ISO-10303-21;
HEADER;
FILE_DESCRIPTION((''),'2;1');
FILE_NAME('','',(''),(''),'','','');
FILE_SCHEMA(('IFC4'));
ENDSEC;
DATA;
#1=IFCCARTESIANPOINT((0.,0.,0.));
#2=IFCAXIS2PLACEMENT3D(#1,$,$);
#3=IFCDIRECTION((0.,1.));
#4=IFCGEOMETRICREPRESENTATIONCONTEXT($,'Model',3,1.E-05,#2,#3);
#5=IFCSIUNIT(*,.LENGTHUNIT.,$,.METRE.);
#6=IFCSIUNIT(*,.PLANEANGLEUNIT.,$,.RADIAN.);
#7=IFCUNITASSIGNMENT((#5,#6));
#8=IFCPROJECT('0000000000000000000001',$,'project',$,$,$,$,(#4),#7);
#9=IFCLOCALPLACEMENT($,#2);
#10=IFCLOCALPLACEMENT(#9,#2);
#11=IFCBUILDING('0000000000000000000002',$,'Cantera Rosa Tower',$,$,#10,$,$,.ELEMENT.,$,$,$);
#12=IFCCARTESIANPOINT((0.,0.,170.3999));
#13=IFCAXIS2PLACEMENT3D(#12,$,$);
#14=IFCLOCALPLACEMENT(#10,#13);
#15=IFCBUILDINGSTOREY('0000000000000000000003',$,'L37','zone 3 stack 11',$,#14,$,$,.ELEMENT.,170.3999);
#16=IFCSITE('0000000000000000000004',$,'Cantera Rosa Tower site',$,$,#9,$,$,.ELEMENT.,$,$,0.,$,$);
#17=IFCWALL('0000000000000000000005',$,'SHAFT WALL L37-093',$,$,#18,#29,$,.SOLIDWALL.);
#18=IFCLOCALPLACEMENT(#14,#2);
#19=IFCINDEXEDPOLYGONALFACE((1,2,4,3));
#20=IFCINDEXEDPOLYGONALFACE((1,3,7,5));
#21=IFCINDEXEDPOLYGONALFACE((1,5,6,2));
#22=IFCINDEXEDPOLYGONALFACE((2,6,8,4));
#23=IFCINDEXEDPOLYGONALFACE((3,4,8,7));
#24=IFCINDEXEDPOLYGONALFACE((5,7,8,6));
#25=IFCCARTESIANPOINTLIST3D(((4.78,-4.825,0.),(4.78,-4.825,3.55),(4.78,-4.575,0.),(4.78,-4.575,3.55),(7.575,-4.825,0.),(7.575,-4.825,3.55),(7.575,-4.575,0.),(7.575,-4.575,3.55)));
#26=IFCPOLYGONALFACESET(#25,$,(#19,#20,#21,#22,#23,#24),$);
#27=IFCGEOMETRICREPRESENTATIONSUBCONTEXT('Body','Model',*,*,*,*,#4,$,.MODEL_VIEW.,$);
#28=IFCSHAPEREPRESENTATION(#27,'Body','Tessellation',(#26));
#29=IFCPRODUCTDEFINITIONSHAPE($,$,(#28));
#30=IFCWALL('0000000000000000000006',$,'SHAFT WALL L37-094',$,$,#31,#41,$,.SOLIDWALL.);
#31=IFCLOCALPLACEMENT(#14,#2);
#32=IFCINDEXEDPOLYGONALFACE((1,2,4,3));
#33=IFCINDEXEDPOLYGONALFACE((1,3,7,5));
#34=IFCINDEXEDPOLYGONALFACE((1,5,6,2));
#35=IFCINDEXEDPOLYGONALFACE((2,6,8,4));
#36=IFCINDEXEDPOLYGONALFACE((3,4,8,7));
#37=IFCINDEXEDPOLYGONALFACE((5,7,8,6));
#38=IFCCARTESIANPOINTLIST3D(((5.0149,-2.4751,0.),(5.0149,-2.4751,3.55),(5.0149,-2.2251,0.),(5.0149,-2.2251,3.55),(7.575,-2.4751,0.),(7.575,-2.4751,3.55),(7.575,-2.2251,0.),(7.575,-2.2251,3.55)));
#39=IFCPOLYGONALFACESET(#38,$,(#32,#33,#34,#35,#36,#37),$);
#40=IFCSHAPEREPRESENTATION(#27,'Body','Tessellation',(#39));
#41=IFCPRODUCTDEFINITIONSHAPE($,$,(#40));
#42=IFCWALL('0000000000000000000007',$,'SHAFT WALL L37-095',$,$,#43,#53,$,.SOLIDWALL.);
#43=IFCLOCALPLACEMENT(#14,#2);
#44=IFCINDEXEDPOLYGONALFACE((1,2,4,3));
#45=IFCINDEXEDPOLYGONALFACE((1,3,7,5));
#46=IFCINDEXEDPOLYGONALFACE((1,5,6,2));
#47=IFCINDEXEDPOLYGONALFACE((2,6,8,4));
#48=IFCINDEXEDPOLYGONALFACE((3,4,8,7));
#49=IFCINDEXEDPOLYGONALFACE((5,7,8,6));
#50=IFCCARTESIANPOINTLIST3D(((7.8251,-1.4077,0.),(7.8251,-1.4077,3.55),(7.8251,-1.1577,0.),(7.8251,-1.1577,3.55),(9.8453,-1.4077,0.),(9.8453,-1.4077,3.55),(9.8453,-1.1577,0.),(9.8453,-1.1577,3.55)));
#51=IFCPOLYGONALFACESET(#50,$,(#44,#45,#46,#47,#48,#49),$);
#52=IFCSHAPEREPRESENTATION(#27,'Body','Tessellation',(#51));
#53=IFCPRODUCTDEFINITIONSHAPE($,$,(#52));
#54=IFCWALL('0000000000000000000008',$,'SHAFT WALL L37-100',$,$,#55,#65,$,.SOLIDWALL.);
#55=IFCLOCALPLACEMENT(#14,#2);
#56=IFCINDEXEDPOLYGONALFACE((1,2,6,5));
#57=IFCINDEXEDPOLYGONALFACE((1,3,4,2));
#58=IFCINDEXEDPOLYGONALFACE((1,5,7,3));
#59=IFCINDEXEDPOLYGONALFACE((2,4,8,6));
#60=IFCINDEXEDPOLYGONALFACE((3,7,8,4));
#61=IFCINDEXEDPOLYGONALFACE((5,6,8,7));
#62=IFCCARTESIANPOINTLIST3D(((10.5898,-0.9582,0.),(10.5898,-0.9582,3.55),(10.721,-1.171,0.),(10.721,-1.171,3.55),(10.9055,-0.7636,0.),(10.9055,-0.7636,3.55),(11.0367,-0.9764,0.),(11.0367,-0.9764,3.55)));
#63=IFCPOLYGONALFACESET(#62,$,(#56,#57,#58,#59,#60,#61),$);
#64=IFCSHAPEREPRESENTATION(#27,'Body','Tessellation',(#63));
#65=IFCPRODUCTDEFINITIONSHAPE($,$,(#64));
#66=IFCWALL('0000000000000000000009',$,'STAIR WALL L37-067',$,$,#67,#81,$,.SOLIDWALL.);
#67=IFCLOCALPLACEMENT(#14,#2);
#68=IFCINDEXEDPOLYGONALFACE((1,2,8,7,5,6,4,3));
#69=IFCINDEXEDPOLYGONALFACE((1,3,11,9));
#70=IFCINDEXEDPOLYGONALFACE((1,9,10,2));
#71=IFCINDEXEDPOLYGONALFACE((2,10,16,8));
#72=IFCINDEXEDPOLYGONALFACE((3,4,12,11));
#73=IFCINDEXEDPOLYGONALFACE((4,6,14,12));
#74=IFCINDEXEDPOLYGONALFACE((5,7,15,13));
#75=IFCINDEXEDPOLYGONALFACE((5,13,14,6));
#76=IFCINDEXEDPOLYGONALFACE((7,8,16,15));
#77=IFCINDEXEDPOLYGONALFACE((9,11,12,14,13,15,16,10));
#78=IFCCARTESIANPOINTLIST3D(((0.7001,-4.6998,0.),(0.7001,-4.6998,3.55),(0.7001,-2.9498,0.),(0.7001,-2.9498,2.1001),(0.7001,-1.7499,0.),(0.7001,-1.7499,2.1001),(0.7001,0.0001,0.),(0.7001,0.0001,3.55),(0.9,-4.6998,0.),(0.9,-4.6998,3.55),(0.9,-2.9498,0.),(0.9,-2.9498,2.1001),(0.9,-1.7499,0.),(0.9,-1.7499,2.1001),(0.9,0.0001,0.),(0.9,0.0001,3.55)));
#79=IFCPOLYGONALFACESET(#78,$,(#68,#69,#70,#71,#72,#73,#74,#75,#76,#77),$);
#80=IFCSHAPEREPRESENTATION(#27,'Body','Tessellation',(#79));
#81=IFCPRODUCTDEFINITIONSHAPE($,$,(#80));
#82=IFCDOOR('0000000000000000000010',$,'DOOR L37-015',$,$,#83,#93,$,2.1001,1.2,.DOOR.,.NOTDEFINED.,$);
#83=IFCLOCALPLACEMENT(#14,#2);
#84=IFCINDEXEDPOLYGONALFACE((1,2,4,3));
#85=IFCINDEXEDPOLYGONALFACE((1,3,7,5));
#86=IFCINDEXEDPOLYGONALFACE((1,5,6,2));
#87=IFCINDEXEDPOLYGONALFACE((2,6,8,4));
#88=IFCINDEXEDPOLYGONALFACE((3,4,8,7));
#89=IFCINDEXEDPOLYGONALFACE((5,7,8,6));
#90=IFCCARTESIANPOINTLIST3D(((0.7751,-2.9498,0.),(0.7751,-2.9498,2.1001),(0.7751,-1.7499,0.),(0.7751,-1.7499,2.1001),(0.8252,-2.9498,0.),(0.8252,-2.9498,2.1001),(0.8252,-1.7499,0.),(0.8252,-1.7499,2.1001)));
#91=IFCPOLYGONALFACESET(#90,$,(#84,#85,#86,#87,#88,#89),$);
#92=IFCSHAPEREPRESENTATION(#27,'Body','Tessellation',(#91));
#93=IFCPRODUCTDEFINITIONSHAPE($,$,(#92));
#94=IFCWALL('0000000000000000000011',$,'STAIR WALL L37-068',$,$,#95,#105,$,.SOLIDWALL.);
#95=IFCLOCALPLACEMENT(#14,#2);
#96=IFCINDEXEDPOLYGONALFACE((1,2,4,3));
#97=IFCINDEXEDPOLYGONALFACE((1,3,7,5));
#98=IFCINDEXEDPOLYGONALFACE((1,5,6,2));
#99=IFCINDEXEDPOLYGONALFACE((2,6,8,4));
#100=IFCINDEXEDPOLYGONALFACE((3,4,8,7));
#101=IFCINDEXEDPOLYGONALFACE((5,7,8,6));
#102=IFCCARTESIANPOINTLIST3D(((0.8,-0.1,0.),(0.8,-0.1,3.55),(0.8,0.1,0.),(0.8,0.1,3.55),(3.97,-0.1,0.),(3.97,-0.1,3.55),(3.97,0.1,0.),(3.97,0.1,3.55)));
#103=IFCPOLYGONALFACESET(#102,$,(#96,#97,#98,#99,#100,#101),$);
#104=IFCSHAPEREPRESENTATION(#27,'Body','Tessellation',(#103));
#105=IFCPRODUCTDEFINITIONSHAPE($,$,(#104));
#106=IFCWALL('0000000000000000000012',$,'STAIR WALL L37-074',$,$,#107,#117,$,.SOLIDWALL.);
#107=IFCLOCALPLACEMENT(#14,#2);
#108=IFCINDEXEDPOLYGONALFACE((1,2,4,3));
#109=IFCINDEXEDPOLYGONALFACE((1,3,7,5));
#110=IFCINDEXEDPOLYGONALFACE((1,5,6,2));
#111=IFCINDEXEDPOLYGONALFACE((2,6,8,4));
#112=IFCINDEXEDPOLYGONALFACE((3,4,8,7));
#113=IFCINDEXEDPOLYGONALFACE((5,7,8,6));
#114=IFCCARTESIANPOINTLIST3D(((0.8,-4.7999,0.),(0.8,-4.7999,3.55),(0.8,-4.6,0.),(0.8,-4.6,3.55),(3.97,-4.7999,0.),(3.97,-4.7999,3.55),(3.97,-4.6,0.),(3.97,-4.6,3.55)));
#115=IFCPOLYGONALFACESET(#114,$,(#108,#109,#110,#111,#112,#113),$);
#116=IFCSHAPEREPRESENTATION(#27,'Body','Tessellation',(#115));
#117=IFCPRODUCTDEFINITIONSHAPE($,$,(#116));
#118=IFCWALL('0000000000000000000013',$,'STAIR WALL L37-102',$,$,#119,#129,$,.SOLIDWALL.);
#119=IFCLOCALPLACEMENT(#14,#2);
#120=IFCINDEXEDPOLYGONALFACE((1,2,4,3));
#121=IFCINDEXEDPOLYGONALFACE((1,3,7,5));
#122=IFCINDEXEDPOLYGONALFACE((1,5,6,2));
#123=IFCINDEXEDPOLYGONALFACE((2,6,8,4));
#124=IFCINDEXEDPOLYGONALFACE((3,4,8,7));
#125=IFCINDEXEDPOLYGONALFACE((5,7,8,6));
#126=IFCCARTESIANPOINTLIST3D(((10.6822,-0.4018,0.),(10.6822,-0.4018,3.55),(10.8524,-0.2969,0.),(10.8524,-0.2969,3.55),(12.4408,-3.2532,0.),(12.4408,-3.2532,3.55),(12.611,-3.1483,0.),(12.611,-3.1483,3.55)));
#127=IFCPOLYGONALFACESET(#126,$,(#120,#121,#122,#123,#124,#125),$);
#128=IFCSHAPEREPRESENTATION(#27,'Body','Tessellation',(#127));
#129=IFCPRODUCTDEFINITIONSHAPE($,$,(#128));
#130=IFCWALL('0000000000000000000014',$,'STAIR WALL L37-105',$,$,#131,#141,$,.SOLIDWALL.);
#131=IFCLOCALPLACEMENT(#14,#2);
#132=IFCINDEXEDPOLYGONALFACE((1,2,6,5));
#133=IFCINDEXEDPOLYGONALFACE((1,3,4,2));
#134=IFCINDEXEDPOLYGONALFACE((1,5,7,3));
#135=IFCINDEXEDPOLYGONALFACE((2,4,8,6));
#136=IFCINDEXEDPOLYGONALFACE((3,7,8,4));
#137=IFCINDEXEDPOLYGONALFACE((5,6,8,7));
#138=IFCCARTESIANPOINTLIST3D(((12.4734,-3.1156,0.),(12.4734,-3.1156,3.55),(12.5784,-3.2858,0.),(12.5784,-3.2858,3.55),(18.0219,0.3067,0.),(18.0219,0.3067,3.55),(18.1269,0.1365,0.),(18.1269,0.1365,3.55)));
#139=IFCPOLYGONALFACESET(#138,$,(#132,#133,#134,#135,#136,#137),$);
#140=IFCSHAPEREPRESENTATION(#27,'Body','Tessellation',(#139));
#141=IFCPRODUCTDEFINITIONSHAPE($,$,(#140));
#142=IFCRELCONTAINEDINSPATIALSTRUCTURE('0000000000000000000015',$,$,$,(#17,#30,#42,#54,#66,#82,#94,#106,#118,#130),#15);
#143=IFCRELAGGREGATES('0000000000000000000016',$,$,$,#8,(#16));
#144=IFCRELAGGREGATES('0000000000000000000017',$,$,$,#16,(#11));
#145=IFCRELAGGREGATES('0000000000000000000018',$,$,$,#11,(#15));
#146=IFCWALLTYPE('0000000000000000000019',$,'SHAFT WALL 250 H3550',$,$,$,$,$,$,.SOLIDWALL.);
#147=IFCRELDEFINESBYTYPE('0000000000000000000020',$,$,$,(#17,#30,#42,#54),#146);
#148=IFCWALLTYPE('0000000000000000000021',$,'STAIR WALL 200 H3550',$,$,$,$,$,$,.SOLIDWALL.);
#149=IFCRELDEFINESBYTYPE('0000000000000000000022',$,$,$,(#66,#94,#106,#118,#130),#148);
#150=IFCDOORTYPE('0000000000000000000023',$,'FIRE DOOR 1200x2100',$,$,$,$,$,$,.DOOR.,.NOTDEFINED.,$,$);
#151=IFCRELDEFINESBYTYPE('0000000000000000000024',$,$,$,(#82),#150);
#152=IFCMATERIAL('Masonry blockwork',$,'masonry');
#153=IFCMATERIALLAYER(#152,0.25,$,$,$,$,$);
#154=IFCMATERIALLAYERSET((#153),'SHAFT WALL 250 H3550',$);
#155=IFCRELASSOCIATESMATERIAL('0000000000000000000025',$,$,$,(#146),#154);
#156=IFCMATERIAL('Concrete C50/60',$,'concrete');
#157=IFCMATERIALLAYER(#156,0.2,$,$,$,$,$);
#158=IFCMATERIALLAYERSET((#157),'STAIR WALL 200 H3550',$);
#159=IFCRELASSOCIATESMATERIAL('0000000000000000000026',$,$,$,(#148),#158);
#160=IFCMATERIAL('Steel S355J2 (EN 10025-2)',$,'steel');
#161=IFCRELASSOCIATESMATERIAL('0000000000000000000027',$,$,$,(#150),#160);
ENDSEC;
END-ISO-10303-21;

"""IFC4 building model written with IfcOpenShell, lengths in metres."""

from ifc_helpers import new_model, si_unit, direction, frame, frame_2d, origin, place, context, subcontext, project, spatial, rectangle, extrude, material, layer, layer_set, type_object, element, fill, save


model = new_model("IFC4")

# Units and contexts
model_context = context("Model", 3, precision=1e-05, world=origin(), true_north=direction((0.0, 1.0)))
body_context = subcontext(model_context, "Body", "Model", "MODEL_VIEW")
ifc_project = project(units=[si_unit("LENGTHUNIT", "METRE"), si_unit("PLANEANGLEUNIT", "RADIAN")], contexts=[model_context])

# Site, building, storey
site_placement = place(None, origin())
site = spatial("IfcSite", under=ifc_project, at=site_placement, Name="Cantera Rosa Tower site", CompositionType="ELEMENT", RefElevation=0.0)
building_placement = place(site_placement, origin())
building = spatial("IfcBuilding", under=site, at=building_placement, Name="Cantera Rosa Tower", CompositionType="ELEMENT")
storey_placement = place(building_placement, frame((0.0, 0.0, 170.3999)))
storey = spatial("IfcBuildingStorey", under=building, at=storey_placement, Name="L37", Description="zone 3 stack 11", CompositionType="ELEMENT", Elevation=170.3999)

# Shared definitions
ifc_material_1 = material(Name="Masonry blockwork", Category="masonry")
ifc_layer_1 = layer(ifc_material_1, 0.25)
ifc_layer_set_1 = layer_set([ifc_layer_1], Name="SHAFT WALL 250 H3550")
wall_type_1 = type_object("IfcWallType", Name="SHAFT WALL 250 H3550", PredefinedType="SOLIDWALL", material=ifc_layer_set_1)

# Walls
wall_1_placement = place(storey_placement, frame((7.575, -4.7, 0.0), z_axis=(0.0, 0.0, 1.0), x_axis=(-1.0, 0.0, 0.0)))
element("IfcWall", 1, at=wall_1_placement, inside=storey, type_object=wall_type_1, Name="SHAFT WALL L37-093", PredefinedType="SOLIDWALL", context=body_context, shape_type="SweptSolid", body=[
    extrude(rectangle(XDim=2.7949, YDim=0.25, at=frame_2d((1.3975, 0.0))), origin(), (0.0, 0.0, 1.0), 3.55),
])
wall_2_placement = place(storey_placement, frame((7.575, -2.3501, 0.0), z_axis=(0.0, 0.0, 1.0), x_axis=(-1.0, 0.0, 0.0)))
element("IfcWall", 2, at=wall_2_placement, inside=storey, type_object=wall_type_1, Name="SHAFT WALL L37-094", PredefinedType="SOLIDWALL", context=body_context, shape_type="SweptSolid", body=[
    extrude(rectangle(XDim=2.5601, YDim=0.25, at=frame_2d((1.28, 0.0))), origin(), (0.0, 0.0, 1.0), 3.55),
])
wall_3_placement = place(storey_placement, frame((7.825, -1.2827, 0.0), z_axis=(0.0, 0.0, 1.0), x_axis=(1.0, 0.0, 0.0)))
element("IfcWall", 3, at=wall_3_placement, inside=storey, type_object=wall_type_1, Name="SHAFT WALL L37-095", PredefinedType="SOLIDWALL", context=body_context, shape_type="SweptSolid", body=[
    extrude(rectangle(XDim=2.0203, YDim=0.25, at=frame_2d((1.0103, 0.0))), origin(), (0.0, 0.0, 1.0), 3.55),
])
wall_4_placement = place(storey_placement, frame((10.6553, -1.0647, 0.0), z_axis=(0.0, 0.0, 1.0), x_axis=(0.851274, 0.524722, 0.0)))
element("IfcWall", 4, at=wall_4_placement, inside=storey, type_object=wall_type_1, Name="SHAFT WALL L37-100", PredefinedType="SOLIDWALL", context=body_context, shape_type="SweptSolid", body=[
    extrude(rectangle(XDim=0.3708, YDim=0.25, at=frame_2d((0.1855, 0.0))), origin(), (0.0, 0.0, 1.0), 3.55),
])

# Wall, opening, door
ifc_material_2 = material(Name="Concrete C50/60", Category="concrete")
ifc_layer_2 = layer(ifc_material_2, 0.2)
ifc_layer_set_2 = layer_set([ifc_layer_2], Name="STAIR WALL 200 H3550")
wall_type_2 = type_object("IfcWallType", Name="STAIR WALL 200 H3550", PredefinedType="SOLIDWALL", material=ifc_layer_set_2)
wall_5_placement = place(storey_placement, frame((0.8, -4.7, 0.0), z_axis=(0.0, 0.0, 1.0), x_axis=(0.0, 1.0, 0.0)))
wall_5 = element("IfcWall", 5, at=wall_5_placement, inside=storey, type_object=wall_type_2, Name="STAIR WALL L37-067", PredefinedType="SOLIDWALL", context=body_context, shape_type="SweptSolid", body=[
    extrude(rectangle(XDim=4.7, YDim=0.2, at=frame_2d((2.3501, 0.0))), origin(), (0.0, 0.0, 1.0), 3.55),
])
opening_1_placement = place(wall_5_placement, frame((1.75, 0.0, 0.0)))
opening_1 = element("IfcOpeningElement", 6, at=opening_1_placement, cuts=wall_5, PredefinedType="OPENING", context=body_context, shape_type="SweptSolid", body=[
    extrude(rectangle(XDim=1.2, YDim=2.1001, at=frame_2d((0.6001, 1.05))), frame((0.0, 0.1099, 0.0), z_axis=(0.0, -1.0, 0.0), x_axis=(1.0, 0.0, 0.0)), (0.0, 0.0, 1.0), 0.22),
])
ifc_material_3 = material(Name="Steel S355J2 (EN 10025-2)", Category="steel")
door_type_1 = type_object("IfcDoorType", Name="FIRE DOOR 1200x2100", OperationType="NOTDEFINED", PredefinedType="DOOR", material=ifc_material_3)
door_1_placement = place(opening_1_placement, origin())
door_1 = element("IfcDoor", 7, at=door_1_placement, inside=storey, type_object=door_type_1, Name="DOOR L37-015", OperationType="NOTDEFINED", OverallHeight=2.1001, OverallWidth=1.2, PredefinedType="DOOR", context=body_context, shape_type="SweptSolid", body=[
    extrude(rectangle(XDim=1.2, YDim=2.1001, at=frame_2d((0.6001, 1.05))), frame((0.0, 0.0249, 0.0), z_axis=(0.0, -1.0, 0.0), x_axis=(1.0, 0.0, 0.0)), (0.0, 0.0, 1.0), 0.05),
])
fill(opening_1, door_1)

# Walls
for number, where, z_axis, x_axis, name in (
    (8, (0.8, 0.0, 0.0), (0.0, 0.0, 1.0), (1.0, 0.0, 0.0), "STAIR WALL L37-068"),
    (9, (3.97, -4.7, 0.0), (0.0, 0.0, 1.0), (-1.0, 0.0, 0.0), "STAIR WALL L37-074"),
):
    element("IfcWall", number, at=place(storey_placement, frame(where, z_axis=z_axis, x_axis=x_axis)), inside=storey, type_object=wall_type_2, Name=name, PredefinedType="SOLIDWALL", context=body_context, shape_type="SweptSolid", body=[
        extrude(rectangle(XDim=3.1699, YDim=0.2, at=frame_2d((1.585, 0.0))), origin(), (0.0, 0.0, 1.0), 3.55),
    ])
wall_6_placement = place(storey_placement, frame((10.7673, -0.3494, 0.0), z_axis=(0.0, 0.0, 1.0), x_axis=(0.524939, -0.85114, 0.0)))
element("IfcWall", 10, at=wall_6_placement, inside=storey, type_object=wall_type_2, Name="STAIR WALL L37-102", PredefinedType="SOLIDWALL", context=body_context, shape_type="SweptSolid", body=[
    extrude(rectangle(XDim=3.3501, YDim=0.2, at=frame_2d((1.675, 0.0))), origin(), (0.0, 0.0, 1.0), 3.55),
])
wall_7_placement = place(storey_placement, frame((12.5259, -3.2007, 0.0), z_axis=(0.0, 0.0, 1.0), x_axis=(0.85112, 0.524971, 0.0)))
element("IfcWall", 11, at=wall_7_placement, inside=storey, type_object=wall_type_2, Name="STAIR WALL L37-105", PredefinedType="SOLIDWALL", context=body_context, shape_type="SweptSolid", body=[
    extrude(rectangle(XDim=6.519, YDim=0.2, at=frame_2d((3.2595, 0.0))), origin(), (0.0, 0.0, 1.0), 3.55),
])

save(model, "model.ifc")
